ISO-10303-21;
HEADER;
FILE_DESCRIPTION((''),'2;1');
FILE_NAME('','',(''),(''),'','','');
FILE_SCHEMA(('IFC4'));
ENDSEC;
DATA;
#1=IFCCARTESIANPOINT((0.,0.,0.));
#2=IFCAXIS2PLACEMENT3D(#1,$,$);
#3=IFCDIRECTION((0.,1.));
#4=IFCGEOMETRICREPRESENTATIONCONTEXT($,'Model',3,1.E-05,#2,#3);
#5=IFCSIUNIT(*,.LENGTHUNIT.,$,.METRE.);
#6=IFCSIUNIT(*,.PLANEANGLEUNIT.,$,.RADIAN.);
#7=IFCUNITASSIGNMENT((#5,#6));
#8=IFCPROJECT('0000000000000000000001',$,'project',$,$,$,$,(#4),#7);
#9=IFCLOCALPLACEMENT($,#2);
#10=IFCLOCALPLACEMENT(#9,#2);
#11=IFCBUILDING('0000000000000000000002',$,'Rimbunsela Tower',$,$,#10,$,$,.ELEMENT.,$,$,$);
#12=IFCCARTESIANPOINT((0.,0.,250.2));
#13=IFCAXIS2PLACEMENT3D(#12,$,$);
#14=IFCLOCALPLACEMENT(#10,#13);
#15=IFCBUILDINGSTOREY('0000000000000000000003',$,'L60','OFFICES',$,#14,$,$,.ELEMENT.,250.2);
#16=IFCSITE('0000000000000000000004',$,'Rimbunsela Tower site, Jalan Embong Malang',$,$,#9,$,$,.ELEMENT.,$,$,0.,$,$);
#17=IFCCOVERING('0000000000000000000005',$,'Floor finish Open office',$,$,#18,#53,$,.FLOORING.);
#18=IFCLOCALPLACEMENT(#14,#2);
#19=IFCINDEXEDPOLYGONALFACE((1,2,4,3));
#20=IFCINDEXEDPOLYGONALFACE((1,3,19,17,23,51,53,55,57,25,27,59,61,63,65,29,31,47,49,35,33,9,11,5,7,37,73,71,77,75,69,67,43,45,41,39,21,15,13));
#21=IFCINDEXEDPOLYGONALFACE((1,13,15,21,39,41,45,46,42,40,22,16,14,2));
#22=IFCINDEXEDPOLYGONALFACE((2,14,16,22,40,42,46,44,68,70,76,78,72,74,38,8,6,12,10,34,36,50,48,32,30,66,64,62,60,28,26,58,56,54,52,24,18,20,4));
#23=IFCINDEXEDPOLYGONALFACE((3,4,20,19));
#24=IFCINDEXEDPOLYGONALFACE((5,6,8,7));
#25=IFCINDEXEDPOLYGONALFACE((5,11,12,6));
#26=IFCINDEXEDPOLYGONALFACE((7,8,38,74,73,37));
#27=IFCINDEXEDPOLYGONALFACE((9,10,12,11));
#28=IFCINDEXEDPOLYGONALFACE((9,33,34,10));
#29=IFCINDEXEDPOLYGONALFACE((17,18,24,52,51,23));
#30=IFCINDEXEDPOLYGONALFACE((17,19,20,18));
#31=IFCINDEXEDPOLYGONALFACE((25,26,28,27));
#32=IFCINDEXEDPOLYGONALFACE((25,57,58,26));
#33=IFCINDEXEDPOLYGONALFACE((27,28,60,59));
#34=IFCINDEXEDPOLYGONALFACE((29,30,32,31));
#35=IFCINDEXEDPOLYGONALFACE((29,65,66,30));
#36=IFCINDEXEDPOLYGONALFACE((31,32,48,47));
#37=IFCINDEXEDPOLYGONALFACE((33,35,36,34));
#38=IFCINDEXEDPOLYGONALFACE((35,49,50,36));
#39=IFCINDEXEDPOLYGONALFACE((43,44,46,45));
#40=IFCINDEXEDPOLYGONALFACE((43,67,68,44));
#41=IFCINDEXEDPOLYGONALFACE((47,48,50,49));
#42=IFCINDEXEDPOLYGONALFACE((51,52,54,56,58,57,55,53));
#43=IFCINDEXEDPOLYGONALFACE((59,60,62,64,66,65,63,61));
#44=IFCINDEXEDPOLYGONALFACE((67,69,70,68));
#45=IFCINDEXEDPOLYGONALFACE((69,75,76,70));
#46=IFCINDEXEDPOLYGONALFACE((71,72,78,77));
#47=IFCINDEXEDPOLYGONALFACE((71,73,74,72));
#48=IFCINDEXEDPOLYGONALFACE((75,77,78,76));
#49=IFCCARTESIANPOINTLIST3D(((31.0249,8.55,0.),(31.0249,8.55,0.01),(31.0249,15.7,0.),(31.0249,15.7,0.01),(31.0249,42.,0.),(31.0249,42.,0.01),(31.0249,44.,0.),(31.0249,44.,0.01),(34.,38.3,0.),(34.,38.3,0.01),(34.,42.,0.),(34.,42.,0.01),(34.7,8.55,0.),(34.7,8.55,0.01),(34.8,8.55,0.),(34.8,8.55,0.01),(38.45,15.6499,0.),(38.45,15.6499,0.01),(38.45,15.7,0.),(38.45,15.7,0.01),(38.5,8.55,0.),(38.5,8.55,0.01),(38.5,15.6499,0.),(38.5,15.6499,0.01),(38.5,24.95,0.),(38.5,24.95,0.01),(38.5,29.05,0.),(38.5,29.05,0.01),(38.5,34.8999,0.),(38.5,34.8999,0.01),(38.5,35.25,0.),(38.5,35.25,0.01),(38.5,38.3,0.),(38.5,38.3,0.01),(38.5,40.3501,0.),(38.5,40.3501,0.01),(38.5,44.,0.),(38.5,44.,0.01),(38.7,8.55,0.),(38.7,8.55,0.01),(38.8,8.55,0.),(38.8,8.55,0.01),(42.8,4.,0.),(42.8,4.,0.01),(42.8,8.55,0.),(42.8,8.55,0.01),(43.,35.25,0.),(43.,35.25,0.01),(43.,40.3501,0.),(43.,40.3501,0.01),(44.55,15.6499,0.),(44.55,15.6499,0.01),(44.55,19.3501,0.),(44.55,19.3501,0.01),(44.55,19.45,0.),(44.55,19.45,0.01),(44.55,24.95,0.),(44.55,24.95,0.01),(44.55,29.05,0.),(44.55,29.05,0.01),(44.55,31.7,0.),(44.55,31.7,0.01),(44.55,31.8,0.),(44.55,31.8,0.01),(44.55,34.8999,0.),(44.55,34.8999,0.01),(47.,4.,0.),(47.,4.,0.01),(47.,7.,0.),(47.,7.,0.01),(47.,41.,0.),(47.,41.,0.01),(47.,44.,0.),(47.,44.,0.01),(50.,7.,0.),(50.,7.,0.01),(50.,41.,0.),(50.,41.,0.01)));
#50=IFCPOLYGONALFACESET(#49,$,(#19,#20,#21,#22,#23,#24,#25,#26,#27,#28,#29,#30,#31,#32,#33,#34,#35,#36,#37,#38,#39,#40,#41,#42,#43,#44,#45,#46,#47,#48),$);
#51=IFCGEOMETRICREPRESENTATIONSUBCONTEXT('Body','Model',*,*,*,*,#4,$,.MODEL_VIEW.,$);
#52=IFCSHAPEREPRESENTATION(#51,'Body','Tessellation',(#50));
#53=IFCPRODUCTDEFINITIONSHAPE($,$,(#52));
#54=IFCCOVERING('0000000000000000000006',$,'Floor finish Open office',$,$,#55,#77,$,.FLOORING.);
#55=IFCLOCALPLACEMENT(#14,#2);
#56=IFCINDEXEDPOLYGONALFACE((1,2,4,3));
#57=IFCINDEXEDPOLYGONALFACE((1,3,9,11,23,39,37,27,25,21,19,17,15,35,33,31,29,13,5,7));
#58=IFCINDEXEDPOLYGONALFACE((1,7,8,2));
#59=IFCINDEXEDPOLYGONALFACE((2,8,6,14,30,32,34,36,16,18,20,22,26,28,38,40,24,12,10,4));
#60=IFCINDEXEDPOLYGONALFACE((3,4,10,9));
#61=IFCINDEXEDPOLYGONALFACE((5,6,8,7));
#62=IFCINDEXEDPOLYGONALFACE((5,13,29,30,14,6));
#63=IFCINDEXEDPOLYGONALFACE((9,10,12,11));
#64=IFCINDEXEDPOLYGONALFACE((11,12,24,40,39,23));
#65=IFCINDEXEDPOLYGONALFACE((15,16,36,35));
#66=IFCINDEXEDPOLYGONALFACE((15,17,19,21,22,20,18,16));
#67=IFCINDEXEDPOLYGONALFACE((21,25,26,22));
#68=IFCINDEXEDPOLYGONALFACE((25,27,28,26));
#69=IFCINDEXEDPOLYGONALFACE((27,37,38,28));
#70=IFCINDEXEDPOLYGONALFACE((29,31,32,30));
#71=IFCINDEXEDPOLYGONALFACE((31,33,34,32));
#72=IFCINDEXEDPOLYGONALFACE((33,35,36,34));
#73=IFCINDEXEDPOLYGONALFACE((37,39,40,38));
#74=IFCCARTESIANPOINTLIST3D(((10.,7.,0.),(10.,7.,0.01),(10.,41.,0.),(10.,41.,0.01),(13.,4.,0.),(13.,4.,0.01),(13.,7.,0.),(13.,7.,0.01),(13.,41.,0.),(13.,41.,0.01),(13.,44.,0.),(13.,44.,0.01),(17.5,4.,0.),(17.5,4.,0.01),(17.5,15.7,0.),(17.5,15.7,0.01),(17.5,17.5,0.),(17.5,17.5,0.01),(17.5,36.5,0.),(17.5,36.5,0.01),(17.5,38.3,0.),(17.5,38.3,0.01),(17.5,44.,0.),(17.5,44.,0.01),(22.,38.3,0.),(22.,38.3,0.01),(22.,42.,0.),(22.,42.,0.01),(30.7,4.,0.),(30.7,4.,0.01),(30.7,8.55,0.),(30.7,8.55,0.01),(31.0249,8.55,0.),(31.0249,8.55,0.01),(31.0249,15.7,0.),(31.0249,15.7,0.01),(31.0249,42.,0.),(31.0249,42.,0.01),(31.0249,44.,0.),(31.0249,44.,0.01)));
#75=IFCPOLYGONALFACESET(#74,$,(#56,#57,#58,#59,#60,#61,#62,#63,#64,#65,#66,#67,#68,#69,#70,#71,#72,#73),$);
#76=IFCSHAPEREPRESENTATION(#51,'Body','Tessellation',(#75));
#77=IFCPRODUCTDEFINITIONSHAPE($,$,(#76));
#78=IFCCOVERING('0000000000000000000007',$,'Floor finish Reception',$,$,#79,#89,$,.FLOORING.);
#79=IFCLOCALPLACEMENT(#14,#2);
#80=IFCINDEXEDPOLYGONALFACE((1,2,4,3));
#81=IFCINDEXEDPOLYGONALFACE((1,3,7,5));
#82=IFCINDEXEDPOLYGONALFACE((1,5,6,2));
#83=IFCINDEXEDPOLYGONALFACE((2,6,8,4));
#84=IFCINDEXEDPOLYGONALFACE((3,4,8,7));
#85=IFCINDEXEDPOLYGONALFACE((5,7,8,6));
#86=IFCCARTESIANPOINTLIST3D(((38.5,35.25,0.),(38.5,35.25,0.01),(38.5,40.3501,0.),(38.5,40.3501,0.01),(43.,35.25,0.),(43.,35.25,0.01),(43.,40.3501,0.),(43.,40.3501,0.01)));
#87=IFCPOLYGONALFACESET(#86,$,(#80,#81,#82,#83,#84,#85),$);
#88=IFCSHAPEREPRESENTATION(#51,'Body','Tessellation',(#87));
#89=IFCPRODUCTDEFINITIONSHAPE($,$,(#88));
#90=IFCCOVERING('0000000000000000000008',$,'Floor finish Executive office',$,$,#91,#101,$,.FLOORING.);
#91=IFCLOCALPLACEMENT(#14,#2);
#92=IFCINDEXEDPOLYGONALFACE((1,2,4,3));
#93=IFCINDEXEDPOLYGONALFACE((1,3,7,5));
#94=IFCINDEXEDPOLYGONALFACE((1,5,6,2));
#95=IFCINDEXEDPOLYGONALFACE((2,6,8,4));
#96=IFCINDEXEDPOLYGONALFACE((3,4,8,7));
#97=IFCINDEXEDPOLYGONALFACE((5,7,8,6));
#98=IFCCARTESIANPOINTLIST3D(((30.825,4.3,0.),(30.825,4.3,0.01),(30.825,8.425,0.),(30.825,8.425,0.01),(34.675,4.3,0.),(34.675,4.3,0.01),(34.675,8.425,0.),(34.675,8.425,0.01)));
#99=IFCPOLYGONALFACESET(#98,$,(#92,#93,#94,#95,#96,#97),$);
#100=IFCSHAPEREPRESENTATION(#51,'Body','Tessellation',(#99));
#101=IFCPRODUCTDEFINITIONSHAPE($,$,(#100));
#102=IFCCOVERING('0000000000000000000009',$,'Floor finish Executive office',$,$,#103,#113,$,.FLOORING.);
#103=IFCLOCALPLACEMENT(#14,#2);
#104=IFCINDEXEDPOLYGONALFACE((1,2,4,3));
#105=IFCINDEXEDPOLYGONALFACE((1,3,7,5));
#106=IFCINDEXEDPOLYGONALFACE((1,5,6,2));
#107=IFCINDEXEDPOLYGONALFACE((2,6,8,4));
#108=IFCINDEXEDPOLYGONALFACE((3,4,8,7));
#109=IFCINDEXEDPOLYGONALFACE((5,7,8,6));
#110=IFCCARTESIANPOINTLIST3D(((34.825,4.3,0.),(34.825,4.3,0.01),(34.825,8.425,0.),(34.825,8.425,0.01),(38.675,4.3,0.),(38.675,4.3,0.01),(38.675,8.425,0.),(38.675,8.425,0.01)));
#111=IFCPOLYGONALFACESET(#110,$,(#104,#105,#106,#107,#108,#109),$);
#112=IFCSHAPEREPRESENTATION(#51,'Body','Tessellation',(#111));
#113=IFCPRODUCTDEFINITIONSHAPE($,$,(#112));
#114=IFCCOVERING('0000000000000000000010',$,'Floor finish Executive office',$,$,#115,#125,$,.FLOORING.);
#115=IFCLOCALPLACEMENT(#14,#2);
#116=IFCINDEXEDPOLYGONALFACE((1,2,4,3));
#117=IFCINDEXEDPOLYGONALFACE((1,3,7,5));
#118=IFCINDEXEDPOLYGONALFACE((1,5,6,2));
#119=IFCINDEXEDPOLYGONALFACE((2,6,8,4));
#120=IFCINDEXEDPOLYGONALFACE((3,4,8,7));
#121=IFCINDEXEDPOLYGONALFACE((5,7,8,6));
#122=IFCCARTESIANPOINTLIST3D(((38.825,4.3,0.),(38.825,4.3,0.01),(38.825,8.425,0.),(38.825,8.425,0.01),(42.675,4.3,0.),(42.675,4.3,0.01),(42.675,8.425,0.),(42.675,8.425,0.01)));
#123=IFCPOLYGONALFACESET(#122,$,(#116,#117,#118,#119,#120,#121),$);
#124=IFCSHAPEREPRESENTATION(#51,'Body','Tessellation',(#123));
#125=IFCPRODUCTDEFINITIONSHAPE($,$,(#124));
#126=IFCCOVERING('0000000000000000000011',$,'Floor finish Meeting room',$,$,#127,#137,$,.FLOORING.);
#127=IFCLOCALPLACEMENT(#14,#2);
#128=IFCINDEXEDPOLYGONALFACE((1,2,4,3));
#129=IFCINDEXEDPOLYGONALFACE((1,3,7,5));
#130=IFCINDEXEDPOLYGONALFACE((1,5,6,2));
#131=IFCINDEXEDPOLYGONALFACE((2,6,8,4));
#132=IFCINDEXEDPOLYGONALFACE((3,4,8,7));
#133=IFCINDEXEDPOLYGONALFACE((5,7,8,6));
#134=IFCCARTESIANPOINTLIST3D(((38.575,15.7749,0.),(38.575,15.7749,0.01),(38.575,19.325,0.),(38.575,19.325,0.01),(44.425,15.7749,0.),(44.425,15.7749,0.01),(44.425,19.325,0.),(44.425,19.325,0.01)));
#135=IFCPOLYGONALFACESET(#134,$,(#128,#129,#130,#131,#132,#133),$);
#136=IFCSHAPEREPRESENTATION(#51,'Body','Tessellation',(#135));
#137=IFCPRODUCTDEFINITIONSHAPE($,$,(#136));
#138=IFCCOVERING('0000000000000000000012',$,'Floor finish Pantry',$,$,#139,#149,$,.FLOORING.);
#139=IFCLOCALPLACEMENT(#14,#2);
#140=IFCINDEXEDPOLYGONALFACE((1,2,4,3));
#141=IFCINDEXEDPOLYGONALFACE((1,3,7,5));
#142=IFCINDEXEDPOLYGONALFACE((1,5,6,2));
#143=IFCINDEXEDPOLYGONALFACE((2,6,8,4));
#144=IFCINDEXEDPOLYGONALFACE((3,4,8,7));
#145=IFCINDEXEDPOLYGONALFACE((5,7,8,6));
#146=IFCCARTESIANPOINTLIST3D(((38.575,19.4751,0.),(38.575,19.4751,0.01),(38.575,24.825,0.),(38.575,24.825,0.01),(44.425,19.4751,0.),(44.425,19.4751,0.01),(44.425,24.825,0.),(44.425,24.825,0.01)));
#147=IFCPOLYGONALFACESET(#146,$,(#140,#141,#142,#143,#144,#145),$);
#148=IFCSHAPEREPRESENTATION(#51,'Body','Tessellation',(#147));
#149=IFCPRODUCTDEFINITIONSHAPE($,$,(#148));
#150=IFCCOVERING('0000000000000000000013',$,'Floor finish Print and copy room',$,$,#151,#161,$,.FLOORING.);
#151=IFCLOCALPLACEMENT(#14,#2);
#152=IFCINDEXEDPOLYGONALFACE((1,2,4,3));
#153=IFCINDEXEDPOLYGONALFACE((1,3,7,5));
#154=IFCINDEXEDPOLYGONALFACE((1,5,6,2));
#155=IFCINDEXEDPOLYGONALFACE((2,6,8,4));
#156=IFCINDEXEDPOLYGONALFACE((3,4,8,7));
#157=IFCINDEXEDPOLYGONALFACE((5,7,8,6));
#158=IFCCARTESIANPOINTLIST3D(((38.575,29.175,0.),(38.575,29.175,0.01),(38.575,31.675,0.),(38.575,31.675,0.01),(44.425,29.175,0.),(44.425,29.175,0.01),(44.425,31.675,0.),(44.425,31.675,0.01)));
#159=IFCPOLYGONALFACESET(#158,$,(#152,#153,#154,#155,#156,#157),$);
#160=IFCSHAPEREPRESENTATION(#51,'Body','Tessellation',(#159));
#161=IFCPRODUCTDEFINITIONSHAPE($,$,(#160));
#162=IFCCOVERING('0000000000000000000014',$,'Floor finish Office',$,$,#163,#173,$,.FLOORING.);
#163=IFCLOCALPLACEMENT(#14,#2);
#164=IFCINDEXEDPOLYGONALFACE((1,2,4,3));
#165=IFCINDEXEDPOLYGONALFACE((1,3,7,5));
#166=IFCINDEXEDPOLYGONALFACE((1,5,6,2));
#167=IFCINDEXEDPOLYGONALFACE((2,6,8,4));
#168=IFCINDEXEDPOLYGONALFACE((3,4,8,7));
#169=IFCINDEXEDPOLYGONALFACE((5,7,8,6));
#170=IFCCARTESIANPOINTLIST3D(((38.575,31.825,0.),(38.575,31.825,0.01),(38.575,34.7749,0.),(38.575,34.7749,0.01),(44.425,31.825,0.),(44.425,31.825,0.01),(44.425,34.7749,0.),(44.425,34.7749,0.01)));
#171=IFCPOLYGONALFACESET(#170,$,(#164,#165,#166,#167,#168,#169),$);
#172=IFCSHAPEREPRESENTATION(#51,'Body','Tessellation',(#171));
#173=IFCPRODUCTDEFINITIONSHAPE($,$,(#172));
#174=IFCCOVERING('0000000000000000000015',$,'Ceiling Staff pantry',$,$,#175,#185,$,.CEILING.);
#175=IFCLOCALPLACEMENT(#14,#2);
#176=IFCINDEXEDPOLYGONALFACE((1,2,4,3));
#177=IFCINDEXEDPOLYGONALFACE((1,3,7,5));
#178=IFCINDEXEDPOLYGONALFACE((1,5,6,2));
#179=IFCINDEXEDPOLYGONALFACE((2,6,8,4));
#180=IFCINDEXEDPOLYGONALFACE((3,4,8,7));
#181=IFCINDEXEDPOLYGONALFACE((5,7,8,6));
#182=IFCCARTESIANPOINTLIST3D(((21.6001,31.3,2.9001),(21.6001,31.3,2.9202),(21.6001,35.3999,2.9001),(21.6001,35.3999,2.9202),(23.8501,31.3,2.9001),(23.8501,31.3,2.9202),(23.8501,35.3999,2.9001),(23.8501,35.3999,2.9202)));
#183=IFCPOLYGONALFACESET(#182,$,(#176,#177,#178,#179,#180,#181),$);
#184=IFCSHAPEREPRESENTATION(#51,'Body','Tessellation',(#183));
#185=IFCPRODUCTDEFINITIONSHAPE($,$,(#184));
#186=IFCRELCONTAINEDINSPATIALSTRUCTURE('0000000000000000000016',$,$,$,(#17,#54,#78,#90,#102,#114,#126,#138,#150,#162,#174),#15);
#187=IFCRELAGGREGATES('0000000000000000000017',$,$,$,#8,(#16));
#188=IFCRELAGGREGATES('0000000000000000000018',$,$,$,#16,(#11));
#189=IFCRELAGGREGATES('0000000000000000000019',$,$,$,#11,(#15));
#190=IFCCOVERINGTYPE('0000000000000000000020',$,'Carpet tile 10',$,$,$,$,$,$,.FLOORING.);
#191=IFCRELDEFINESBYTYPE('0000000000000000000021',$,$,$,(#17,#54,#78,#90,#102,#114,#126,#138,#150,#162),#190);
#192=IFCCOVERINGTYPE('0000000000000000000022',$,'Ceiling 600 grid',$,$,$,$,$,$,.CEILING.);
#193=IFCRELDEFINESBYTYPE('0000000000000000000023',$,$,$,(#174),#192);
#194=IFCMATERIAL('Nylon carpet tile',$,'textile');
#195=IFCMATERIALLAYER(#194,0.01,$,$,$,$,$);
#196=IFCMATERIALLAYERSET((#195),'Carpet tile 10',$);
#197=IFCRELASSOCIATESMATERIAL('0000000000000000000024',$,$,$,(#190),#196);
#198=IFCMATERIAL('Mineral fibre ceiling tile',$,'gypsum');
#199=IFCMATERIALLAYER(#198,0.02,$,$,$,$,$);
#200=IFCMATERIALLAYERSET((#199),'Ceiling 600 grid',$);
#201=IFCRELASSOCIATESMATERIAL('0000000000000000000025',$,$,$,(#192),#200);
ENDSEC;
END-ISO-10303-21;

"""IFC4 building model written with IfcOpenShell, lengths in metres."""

from ifc_helpers import new_model, si_unit, direction, frame, origin, place, context, subcontext, project, spatial, polyline, outline, extrude, material, layer, layer_set, type_object, element, save


model = new_model("IFC4")

# Units and contexts
model_context = context("Model", 3, precision=1e-05, world=origin(), true_north=direction((0.0, 1.0)))
body_context = subcontext(model_context, "Body", "Model", "MODEL_VIEW")
ifc_project = project(units=[si_unit("LENGTHUNIT", "METRE"), si_unit("PLANEANGLEUNIT", "RADIAN")], contexts=[model_context])

# Site, building, storey
site_placement = place(None, origin())
site = spatial("IfcSite", under=ifc_project, at=site_placement, Name="Rimbunsela Tower site, Jalan Embong Malang", CompositionType="ELEMENT", RefElevation=0.0)
building_placement = place(site_placement, origin())
building = spatial("IfcBuilding", under=site, at=building_placement, Name="Rimbunsela Tower", CompositionType="ELEMENT")
storey_placement = place(building_placement, frame((0.0, 0.0, 250.2)))
storey = spatial("IfcBuildingStorey", under=building, at=storey_placement, Name="L60", Description="OFFICES", CompositionType="ELEMENT", Elevation=250.2)

# Coverings
ifc_material_1 = material(Name="Nylon carpet tile", Category="textile")
ifc_layer_1 = layer(ifc_material_1, 0.01)
ifc_layer_set_1 = layer_set([ifc_layer_1], Name="Carpet tile 10")
covering_type_1 = type_object("IfcCoveringType", Name="Carpet tile 10", PredefinedType="FLOORING", material=ifc_layer_set_1)
covering_1_placement = place(storey_placement, origin())
element("IfcCovering", 1, at=covering_1_placement, inside=storey, type_object=covering_type_1, Name="Floor finish Open office", PredefinedType="FLOORING", context=body_context, shape_type="SweptSolid", body=[
    extrude(outline(polyline([(31.0249, 44.0), (38.5, 44.0), (47.0, 44.0), (47.0, 41.0), (50.0, 41.0), (50.0, 7.0), (47.0, 7.0), (47.0, 4.0), (42.8, 4.0), (42.8, 8.55), (38.8, 8.55), (38.7, 8.55), (38.5, 8.55), (34.8, 8.55), (34.7, 8.55), (31.0249, 8.55), (31.0249, 15.7), (38.45, 15.7), (38.45, 15.6499), (38.5, 15.6499), (44.55, 15.6499), (44.55, 19.3501), (44.55, 19.45), (44.55, 24.95), (38.5, 24.95), (38.5, 29.05), (44.55, 29.05), (44.55, 31.7), (44.55, 31.8), (44.55, 34.8999), (38.5, 34.8999), (38.5, 35.25), (43.0, 35.25), (43.0, 40.3501), (38.5, 40.3501), (38.5, 38.3), (34.0, 38.3), (34.0, 42.0), (31.0249, 42.0), (31.0249, 44.0)])), origin(), (0.0, 0.0, 1.0), 0.01),
])
covering_2_placement = place(storey_placement, origin())
element("IfcCovering", 2, at=covering_2_placement, inside=storey, type_object=covering_type_1, Name="Floor finish Open office", PredefinedType="FLOORING", context=body_context, shape_type="SweptSolid", body=[
    extrude(outline(polyline([(30.7, 4.0), (17.5, 4.0), (13.0, 4.0), (13.0, 7.0), (10.0, 7.0), (10.0, 41.0), (13.0, 41.0), (13.0, 44.0), (17.5, 44.0), (31.0249, 44.0), (31.0249, 42.0), (22.0, 42.0), (22.0, 38.3), (17.5, 38.3), (17.5, 36.5), (17.5, 17.5), (17.5, 15.7), (31.0249, 15.7), (31.0249, 8.55), (30.7, 8.55), (30.7, 4.0)])), origin(), (0.0, 0.0, 1.0), 0.01),
])
covering_3_placement = place(storey_placement, origin())
element("IfcCovering", 3, at=covering_3_placement, inside=storey, type_object=covering_type_1, Name="Floor finish Reception", PredefinedType="FLOORING", context=body_context, shape_type="SweptSolid", body=[
    extrude(outline(polyline([(43.0, 35.25), (43.0, 40.3501), (38.5, 40.3501), (38.5, 35.25), (43.0, 35.25)])), origin(), (0.0, 0.0, 1.0), 0.01),
])
covering_4_placement = place(storey_placement, origin())
element("IfcCovering", 4, at=covering_4_placement, inside=storey, type_object=covering_type_1, Name="Floor finish Executive office", PredefinedType="FLOORING", context=body_context, shape_type="SweptSolid", body=[
    extrude(outline(polyline([(34.675, 4.3), (34.675, 8.425), (30.825, 8.425), (30.825, 4.3), (34.675, 4.3)])), origin(), (0.0, 0.0, 1.0), 0.01),
])
covering_5_placement = place(storey_placement, origin())
element("IfcCovering", 5, at=covering_5_placement, inside=storey, type_object=covering_type_1, Name="Floor finish Executive office", PredefinedType="FLOORING", context=body_context, shape_type="SweptSolid", body=[
    extrude(outline(polyline([(38.675, 4.3), (38.675, 8.425), (34.825, 8.425), (34.825, 4.3), (38.675, 4.3)])), origin(), (0.0, 0.0, 1.0), 0.01),
])
covering_6_placement = place(storey_placement, origin())
element("IfcCovering", 6, at=covering_6_placement, inside=storey, type_object=covering_type_1, Name="Floor finish Executive office", PredefinedType="FLOORING", context=body_context, shape_type="SweptSolid", body=[
    extrude(outline(polyline([(42.675, 4.3), (42.675, 8.425), (38.825, 8.425), (38.825, 4.3), (42.675, 4.3)])), origin(), (0.0, 0.0, 1.0), 0.01),
])
covering_7_placement = place(storey_placement, origin())
element("IfcCovering", 7, at=covering_7_placement, inside=storey, type_object=covering_type_1, Name="Floor finish Meeting room", PredefinedType="FLOORING", context=body_context, shape_type="SweptSolid", body=[
    extrude(outline(polyline([(44.425, 15.7749), (44.425, 19.325), (38.575, 19.325), (38.575, 15.7749), (44.425, 15.7749)])), origin(), (0.0, 0.0, 1.0), 0.01),
])
covering_8_placement = place(storey_placement, origin())
element("IfcCovering", 8, at=covering_8_placement, inside=storey, type_object=covering_type_1, Name="Floor finish Pantry", PredefinedType="FLOORING", context=body_context, shape_type="SweptSolid", body=[
    extrude(outline(polyline([(44.425, 19.4751), (44.425, 24.825), (38.575, 24.825), (38.575, 19.4751), (44.425, 19.4751)])), origin(), (0.0, 0.0, 1.0), 0.01),
])
covering_9_placement = place(storey_placement, origin())
element("IfcCovering", 9, at=covering_9_placement, inside=storey, type_object=covering_type_1, Name="Floor finish Print and copy room", PredefinedType="FLOORING", context=body_context, shape_type="SweptSolid", body=[
    extrude(outline(polyline([(44.425, 29.175), (44.425, 31.675), (38.575, 31.675), (38.575, 29.175), (44.425, 29.175)])), origin(), (0.0, 0.0, 1.0), 0.01),
])
covering_10_placement = place(storey_placement, origin())
element("IfcCovering", 10, at=covering_10_placement, inside=storey, type_object=covering_type_1, Name="Floor finish Office", PredefinedType="FLOORING", context=body_context, shape_type="SweptSolid", body=[
    extrude(outline(polyline([(44.425, 31.825), (44.425, 34.7749), (38.575, 34.7749), (38.575, 31.825), (44.425, 31.825)])), origin(), (0.0, 0.0, 1.0), 0.01),
])
ifc_material_2 = material(Name="Mineral fibre ceiling tile", Category="gypsum")
ifc_layer_2 = layer(ifc_material_2, 0.02)
ifc_layer_set_2 = layer_set([ifc_layer_2], Name="Ceiling 600 grid")
covering_type_2 = type_object("IfcCoveringType", Name="Ceiling 600 grid", PredefinedType="CEILING", material=ifc_layer_set_2)
covering_11_placement = place(storey_placement, frame((0.0, 0.0, 2.9001)))
element("IfcCovering", 11, at=covering_11_placement, inside=storey, type_object=covering_type_2, Name="Ceiling Staff pantry", PredefinedType="CEILING", context=body_context, shape_type="SweptSolid", body=[
    extrude(outline(polyline([(23.8501, 31.3), (23.8501, 35.3999), (21.6001, 35.3999), (21.6001, 31.3), (23.8501, 31.3)])), origin(), (0.0, 0.0, 1.0), 0.02),
])

save(model, "model.ifc")
